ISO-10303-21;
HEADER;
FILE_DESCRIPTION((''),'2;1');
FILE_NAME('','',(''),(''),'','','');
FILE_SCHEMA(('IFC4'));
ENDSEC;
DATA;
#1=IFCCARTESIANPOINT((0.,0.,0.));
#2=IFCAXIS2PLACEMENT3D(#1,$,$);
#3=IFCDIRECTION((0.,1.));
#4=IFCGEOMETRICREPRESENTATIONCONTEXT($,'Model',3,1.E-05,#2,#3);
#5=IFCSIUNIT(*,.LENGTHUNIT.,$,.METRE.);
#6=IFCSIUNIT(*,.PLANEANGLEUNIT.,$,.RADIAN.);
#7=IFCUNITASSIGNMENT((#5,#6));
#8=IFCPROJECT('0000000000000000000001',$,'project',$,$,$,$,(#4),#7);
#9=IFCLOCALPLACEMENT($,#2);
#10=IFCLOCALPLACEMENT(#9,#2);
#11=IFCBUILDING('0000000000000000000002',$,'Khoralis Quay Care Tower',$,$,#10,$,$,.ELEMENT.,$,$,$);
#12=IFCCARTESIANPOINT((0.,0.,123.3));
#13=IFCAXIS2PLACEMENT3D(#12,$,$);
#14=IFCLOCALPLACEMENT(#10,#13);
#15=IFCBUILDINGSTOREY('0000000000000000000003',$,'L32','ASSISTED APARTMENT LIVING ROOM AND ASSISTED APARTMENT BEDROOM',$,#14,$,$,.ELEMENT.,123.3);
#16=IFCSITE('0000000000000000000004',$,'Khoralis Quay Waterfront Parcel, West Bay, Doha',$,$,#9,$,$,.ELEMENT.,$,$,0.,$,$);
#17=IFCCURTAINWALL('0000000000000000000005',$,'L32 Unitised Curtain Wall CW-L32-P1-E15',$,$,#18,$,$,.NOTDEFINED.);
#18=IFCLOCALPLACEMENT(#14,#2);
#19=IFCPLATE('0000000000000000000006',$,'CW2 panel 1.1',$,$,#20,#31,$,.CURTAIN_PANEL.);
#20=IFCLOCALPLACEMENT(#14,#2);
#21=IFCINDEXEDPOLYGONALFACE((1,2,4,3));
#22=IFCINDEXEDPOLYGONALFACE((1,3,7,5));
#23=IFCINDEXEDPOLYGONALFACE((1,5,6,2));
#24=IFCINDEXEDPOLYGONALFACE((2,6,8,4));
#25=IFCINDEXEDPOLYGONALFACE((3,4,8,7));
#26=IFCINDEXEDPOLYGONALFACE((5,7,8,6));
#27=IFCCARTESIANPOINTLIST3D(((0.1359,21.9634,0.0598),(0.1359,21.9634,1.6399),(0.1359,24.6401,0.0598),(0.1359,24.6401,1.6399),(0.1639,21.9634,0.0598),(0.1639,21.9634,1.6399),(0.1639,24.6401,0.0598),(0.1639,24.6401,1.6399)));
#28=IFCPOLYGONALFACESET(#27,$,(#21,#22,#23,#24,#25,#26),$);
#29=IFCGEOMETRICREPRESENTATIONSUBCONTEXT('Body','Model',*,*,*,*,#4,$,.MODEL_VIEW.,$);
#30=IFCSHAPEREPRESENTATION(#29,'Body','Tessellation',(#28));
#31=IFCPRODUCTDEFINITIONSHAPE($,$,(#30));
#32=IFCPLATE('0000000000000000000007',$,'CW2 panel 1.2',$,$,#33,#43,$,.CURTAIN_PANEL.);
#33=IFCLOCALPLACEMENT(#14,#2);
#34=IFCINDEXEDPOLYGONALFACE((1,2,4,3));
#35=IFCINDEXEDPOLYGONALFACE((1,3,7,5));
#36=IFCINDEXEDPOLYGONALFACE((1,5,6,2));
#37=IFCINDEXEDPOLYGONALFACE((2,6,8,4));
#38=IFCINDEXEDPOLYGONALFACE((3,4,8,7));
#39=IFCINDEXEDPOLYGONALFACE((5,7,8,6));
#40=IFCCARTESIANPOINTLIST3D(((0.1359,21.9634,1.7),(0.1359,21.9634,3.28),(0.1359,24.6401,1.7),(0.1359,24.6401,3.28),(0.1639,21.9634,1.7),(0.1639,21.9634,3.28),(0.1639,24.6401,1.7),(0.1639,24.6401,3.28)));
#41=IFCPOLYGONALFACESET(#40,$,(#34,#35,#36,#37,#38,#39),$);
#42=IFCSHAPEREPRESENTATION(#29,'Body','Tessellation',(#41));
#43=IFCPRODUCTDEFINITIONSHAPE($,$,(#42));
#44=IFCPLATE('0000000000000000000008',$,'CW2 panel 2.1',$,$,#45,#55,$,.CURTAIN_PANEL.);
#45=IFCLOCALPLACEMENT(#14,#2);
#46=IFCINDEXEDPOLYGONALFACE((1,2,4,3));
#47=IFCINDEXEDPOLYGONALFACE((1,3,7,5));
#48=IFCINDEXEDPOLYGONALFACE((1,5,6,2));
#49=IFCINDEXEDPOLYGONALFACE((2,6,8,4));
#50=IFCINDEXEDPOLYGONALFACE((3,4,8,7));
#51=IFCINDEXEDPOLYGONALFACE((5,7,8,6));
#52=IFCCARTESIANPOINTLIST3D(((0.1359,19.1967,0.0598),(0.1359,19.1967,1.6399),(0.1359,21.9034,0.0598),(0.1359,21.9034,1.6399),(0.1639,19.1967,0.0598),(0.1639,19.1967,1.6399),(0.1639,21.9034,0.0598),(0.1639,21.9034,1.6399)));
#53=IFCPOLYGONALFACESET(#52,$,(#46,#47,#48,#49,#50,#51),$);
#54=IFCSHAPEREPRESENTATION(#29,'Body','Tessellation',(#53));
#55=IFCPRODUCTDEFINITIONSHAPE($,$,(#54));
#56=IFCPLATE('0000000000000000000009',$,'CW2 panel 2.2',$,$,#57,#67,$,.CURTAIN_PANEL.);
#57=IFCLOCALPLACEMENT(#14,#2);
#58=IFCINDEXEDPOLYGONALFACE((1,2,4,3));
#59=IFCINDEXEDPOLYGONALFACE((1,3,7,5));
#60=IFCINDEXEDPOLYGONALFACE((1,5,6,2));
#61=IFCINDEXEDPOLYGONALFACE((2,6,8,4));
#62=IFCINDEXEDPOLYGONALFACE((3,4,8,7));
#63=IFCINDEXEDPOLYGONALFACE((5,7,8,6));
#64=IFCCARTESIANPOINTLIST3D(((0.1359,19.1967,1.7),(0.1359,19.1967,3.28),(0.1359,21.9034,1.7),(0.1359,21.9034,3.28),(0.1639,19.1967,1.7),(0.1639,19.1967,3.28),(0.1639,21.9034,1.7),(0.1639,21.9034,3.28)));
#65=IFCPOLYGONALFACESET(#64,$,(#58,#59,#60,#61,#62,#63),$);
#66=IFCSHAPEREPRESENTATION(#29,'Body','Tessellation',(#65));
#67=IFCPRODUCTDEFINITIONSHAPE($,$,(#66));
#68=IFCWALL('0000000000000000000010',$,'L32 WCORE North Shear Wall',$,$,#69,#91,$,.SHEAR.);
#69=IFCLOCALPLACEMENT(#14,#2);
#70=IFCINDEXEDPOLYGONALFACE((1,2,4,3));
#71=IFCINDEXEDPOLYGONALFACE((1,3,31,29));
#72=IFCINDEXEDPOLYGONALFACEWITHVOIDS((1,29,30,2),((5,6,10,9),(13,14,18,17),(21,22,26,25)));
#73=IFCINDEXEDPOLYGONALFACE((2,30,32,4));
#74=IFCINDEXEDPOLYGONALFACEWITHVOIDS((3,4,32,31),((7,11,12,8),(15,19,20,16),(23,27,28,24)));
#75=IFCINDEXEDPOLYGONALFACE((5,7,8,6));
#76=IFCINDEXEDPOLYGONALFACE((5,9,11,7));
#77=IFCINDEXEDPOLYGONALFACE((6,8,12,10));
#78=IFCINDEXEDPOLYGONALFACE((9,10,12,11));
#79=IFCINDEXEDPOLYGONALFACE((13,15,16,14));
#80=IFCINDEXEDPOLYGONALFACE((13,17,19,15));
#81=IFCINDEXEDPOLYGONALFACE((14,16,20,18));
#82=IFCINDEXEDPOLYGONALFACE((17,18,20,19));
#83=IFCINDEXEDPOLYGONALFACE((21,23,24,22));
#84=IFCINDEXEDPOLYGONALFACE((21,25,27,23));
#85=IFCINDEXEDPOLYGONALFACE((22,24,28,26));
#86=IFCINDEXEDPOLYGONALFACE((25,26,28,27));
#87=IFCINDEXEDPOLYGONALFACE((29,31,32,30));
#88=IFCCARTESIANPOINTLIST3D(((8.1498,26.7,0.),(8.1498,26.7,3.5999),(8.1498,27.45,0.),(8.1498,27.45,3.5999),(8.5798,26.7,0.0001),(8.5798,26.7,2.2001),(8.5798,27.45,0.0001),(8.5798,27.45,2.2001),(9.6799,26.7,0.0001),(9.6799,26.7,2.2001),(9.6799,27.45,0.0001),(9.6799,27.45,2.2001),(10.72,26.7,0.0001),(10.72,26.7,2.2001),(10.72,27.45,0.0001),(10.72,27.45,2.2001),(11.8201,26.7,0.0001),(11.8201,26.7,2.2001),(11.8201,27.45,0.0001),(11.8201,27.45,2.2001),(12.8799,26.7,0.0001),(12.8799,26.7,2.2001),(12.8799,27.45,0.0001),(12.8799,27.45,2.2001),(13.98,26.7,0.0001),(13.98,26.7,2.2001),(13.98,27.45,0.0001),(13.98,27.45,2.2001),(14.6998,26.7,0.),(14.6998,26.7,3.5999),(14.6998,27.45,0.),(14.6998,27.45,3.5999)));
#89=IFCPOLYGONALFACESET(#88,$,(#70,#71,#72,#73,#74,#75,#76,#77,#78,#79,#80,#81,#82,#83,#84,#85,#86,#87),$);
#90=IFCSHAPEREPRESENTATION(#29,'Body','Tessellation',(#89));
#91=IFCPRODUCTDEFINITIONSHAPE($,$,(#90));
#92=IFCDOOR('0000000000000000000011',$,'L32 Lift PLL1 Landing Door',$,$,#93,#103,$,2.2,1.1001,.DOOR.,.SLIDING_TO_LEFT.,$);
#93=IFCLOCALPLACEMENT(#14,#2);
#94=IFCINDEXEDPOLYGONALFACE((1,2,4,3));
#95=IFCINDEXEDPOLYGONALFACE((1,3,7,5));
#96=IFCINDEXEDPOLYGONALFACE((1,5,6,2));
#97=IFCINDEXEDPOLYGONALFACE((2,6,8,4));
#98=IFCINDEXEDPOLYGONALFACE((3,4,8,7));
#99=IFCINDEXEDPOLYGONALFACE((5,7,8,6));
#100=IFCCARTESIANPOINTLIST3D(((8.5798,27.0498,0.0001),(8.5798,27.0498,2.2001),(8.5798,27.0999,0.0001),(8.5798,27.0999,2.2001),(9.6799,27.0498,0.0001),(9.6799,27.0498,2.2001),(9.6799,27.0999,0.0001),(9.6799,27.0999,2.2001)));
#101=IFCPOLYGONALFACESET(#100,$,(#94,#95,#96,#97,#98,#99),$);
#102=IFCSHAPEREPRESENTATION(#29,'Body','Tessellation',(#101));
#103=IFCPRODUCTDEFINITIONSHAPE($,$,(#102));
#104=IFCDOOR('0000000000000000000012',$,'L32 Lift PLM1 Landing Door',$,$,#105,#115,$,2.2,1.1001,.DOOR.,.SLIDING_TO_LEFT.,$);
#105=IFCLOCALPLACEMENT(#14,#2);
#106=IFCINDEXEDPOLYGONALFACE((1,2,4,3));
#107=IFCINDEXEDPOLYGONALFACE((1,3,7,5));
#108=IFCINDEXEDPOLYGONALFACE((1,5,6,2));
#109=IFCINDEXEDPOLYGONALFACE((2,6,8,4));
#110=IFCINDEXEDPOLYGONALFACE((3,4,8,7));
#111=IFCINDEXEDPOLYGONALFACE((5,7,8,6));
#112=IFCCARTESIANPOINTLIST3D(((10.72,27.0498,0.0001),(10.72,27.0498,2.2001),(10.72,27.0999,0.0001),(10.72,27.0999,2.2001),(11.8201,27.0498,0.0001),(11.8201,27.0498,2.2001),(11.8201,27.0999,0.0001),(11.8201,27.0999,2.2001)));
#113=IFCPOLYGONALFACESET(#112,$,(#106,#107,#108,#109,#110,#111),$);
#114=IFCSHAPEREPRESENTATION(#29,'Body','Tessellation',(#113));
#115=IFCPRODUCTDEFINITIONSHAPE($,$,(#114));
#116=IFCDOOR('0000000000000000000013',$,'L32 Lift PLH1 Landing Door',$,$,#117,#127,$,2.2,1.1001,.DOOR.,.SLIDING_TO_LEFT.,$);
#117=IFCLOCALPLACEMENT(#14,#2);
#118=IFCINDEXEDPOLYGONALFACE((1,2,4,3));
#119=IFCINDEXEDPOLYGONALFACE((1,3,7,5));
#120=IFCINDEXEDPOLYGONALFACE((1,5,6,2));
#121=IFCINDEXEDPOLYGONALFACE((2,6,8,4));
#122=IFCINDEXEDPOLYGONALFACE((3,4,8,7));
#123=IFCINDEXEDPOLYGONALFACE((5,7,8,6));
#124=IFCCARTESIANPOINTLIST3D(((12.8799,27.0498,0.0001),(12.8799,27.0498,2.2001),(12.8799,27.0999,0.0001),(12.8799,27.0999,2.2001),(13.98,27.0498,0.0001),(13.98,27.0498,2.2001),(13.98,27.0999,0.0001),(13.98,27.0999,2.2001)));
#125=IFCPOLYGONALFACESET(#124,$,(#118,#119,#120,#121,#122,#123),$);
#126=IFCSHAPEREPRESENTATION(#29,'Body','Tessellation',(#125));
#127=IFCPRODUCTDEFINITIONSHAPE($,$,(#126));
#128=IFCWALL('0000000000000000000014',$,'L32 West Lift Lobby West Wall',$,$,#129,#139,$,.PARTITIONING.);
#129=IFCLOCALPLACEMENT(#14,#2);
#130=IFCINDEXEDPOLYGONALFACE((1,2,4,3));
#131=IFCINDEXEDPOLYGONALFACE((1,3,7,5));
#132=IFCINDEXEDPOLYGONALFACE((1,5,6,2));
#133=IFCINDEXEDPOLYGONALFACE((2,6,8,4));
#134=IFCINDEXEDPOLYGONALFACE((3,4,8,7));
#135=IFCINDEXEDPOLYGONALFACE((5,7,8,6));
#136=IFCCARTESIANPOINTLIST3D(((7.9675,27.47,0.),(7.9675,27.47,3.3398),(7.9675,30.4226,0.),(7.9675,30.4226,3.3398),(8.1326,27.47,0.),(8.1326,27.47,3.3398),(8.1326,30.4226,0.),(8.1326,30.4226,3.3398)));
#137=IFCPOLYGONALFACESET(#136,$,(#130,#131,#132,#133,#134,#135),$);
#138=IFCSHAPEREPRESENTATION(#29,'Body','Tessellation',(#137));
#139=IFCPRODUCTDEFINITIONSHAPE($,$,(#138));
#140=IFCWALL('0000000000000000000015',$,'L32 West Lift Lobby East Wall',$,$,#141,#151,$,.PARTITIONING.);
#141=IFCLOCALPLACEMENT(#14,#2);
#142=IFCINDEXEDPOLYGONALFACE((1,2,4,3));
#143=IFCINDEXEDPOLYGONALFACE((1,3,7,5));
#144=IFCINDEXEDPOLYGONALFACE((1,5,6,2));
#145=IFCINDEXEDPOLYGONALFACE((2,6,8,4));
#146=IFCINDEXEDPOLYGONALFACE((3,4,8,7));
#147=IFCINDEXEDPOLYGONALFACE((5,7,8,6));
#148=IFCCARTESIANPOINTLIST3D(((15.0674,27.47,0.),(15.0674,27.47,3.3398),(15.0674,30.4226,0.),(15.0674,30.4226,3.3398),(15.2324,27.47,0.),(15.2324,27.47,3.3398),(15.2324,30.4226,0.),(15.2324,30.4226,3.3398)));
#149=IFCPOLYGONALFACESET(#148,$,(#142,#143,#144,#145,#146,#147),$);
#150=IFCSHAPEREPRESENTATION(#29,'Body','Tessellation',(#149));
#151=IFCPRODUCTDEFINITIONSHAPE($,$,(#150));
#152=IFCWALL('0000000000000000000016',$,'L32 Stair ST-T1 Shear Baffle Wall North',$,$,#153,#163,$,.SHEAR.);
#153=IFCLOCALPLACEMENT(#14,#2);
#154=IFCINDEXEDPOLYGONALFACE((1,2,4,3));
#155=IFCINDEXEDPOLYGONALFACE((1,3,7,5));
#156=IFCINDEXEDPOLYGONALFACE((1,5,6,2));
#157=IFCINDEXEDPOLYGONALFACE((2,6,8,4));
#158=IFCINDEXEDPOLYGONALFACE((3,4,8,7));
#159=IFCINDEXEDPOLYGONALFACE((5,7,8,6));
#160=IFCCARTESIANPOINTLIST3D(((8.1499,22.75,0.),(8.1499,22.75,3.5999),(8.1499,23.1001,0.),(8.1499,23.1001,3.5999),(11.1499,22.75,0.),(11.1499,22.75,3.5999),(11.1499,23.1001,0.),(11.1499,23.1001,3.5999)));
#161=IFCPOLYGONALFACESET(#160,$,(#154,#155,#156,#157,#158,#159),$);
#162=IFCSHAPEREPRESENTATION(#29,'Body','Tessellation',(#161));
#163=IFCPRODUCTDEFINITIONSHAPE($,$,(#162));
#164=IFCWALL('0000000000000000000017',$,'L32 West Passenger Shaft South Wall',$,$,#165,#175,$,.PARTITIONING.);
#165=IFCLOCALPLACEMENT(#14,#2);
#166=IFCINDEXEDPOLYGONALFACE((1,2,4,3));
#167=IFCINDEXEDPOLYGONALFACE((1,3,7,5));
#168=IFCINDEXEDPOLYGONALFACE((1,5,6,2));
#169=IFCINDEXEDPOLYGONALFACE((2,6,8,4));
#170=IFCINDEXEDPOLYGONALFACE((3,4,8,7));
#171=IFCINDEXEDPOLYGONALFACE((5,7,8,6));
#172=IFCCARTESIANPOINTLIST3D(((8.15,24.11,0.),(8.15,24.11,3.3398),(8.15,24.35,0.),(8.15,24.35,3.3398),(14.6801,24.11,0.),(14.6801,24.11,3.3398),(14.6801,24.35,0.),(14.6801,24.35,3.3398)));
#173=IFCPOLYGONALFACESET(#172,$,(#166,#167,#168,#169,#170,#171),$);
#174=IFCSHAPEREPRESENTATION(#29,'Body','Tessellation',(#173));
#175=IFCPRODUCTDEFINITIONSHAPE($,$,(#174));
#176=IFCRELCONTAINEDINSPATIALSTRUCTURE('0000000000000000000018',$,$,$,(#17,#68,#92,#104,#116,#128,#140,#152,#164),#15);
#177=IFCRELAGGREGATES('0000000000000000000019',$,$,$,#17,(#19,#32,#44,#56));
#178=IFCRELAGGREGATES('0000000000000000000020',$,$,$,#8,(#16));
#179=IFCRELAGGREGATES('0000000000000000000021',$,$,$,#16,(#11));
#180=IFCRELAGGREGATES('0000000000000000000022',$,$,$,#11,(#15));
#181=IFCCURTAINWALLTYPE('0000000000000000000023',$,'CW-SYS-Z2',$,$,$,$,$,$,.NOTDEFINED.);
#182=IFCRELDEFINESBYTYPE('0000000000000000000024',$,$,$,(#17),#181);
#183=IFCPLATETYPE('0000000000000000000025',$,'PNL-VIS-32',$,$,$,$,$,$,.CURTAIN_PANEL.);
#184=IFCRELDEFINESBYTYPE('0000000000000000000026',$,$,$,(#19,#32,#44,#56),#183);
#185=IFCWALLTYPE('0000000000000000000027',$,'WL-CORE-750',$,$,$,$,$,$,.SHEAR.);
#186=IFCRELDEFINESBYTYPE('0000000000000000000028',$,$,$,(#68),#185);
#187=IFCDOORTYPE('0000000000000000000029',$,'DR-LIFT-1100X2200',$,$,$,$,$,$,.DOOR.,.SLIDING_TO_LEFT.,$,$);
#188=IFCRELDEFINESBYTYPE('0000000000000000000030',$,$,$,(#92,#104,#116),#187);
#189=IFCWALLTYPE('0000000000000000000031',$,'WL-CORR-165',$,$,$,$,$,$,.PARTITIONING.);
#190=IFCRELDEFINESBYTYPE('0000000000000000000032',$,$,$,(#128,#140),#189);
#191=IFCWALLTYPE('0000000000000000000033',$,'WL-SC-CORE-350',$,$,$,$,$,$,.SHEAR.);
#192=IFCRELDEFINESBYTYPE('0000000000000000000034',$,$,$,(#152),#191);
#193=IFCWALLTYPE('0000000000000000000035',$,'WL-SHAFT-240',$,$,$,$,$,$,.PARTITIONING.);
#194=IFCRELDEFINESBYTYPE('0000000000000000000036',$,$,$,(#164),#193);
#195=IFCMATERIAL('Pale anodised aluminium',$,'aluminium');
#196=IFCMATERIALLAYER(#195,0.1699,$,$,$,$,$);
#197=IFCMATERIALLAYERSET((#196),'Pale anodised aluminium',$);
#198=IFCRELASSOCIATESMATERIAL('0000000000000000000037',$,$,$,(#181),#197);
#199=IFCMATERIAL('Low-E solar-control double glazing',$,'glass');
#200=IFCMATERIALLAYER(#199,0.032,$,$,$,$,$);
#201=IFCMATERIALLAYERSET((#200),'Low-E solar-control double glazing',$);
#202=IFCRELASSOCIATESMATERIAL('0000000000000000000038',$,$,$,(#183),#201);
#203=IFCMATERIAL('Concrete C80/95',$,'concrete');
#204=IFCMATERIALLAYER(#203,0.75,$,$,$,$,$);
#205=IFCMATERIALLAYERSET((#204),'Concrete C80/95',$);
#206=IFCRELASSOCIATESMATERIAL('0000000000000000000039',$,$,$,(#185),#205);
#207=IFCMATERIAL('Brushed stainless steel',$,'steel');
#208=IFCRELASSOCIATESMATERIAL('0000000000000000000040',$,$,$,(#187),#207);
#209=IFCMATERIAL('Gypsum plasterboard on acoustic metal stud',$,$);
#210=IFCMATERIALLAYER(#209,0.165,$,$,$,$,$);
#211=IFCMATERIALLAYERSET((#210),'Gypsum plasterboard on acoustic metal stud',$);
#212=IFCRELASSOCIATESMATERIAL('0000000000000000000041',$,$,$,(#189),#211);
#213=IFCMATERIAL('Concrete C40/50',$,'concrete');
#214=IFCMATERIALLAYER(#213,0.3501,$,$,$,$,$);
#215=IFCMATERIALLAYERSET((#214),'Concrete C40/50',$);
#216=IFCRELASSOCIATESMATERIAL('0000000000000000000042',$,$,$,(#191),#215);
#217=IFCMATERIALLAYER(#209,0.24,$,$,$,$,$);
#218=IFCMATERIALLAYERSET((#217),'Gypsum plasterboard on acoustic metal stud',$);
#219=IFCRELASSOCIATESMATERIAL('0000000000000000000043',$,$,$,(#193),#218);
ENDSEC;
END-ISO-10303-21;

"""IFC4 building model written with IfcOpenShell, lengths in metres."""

from ifc_helpers import new_model, si_unit, direction, frame, frame_2d, origin, origin_2d, place, context, subcontext, project, spatial, rectangle, extrude, source, transform, mapped, material, layer, layer_set, type_object, element, fill, aggregate, save


model = new_model("IFC4")

# Units and contexts
model_context = context("Model", 3, precision=1e-05, world=origin(), true_north=direction((0.0, 1.0)))
body_context = subcontext(model_context, "Body", "Model", "MODEL_VIEW")
ifc_project = project(units=[si_unit("LENGTHUNIT", "METRE"), si_unit("PLANEANGLEUNIT", "RADIAN")], contexts=[model_context])

# Site, building, storey
site_placement = place(None, origin())
site = spatial("IfcSite", under=ifc_project, at=site_placement, Name="Khoralis Quay Waterfront Parcel, West Bay, Doha", CompositionType="ELEMENT", RefElevation=0.0)
building_placement = place(site_placement, origin())
building = spatial("IfcBuilding", under=site, at=building_placement, Name="Khoralis Quay Care Tower", CompositionType="ELEMENT")
storey_placement = place(building_placement, frame((0.0, 0.0, 123.3)))
storey = spatial("IfcBuildingStorey", under=building, at=storey_placement, Name="L32", Description="ASSISTED APARTMENT LIVING ROOM AND ASSISTED APARTMENT BEDROOM", CompositionType="ELEMENT", Elevation=123.3)

# Curtain wall, plates
ifc_material_1 = material(Name="Pale anodised aluminium", Category="aluminium")
ifc_layer_1 = layer(ifc_material_1, 0.1699)
ifc_layer_set_1 = layer_set([ifc_layer_1], Name="Pale anodised aluminium")
curtain_wall_type = type_object("IfcCurtainWallType", Name="CW-SYS-Z2", PredefinedType="NOTDEFINED", material=ifc_layer_set_1)
curtain_wall_placement = place(storey_placement, origin())
curtain_wall = element("IfcCurtainWall", 1, at=curtain_wall_placement, inside=storey, type_object=curtain_wall_type, Name="L32 Unitised Curtain Wall CW-L32-P1-E15", PredefinedType="NOTDEFINED")
ifc_material_2 = material(Name="Low-E solar-control double glazing", Category="glass")
ifc_layer_2 = layer(ifc_material_2, 0.032)
ifc_layer_set_2 = layer_set([ifc_layer_2], Name="Low-E solar-control double glazing")
plate_type = type_object("IfcPlateType", Name="PNL-VIS-32", PredefinedType="CURTAIN_PANEL", material=ifc_layer_set_2)
shared_shape_1 = source(origin(), body_context, "Body", "SweptSolid", [
    extrude(rectangle(XDim=2.6768, YDim=0.0281, at=origin_2d()), origin(), (0.0, 0.0, 1.0), 1.5801),
])
plate_1_placement = place(storey_placement, frame((0.1499, 23.3018, 0.0598), z_axis=(0.0, 0.0, 1.0), x_axis=(0.0, -1.0, 0.0)))
plate_1 = element("IfcPlate", 2, at=plate_1_placement, type_object=plate_type, Name="CW2 panel 1.1", PredefinedType="CURTAIN_PANEL", context=body_context, shape_type="MappedRepresentation", body=[
    mapped(shared_shape_1, transform((0.0, 0.0, 0.0), scale=1.0)),
])
plate_2_placement = place(storey_placement, frame((0.1499, 23.3018, 1.7), z_axis=(0.0, 0.0, 1.0), x_axis=(0.0, -1.0, 0.0)))
plate_2 = element("IfcPlate", 3, at=plate_2_placement, type_object=plate_type, Name="CW2 panel 1.2", PredefinedType="CURTAIN_PANEL", context=body_context, shape_type="MappedRepresentation", body=[
    mapped(shared_shape_1, transform((0.0, 0.0, 0.0), scale=1.0)),
])
shared_shape_2 = source(origin(), body_context, "Body", "SweptSolid", [
    extrude(rectangle(XDim=2.7068, YDim=0.0281, at=origin_2d()), origin(), (0.0, 0.0, 1.0), 1.5801),
])
plate_3_placement = place(storey_placement, frame((0.1499, 20.55, 0.0598), z_axis=(0.0, 0.0, 1.0), x_axis=(0.0, -1.0, 0.0)))
plate_3 = element("IfcPlate", 4, at=plate_3_placement, type_object=plate_type, Name="CW2 panel 2.1", PredefinedType="CURTAIN_PANEL", context=body_context, shape_type="MappedRepresentation", body=[
    mapped(shared_shape_2, transform((0.0, 0.0, 0.0), scale=1.0)),
])
plate_4_placement = place(storey_placement, frame((0.1499, 20.55, 1.7), z_axis=(0.0, 0.0, 1.0), x_axis=(0.0, -1.0, 0.0)))
plate_4 = element("IfcPlate", 5, at=plate_4_placement, type_object=plate_type, Name="CW2 panel 2.2", PredefinedType="CURTAIN_PANEL", context=body_context, shape_type="MappedRepresentation", body=[
    mapped(shared_shape_2, transform((0.0, 0.0, 0.0), scale=1.0)),
])
aggregate(curtain_wall, [plate_1, plate_2, plate_3, plate_4])

# Wall, openings, doors
ifc_material_3 = material(Name="Concrete C80/95", Category="concrete")
ifc_layer_3 = layer(ifc_material_3, 0.75)
ifc_layer_set_3 = layer_set([ifc_layer_3], Name="Concrete C80/95")
wall_type_1 = type_object("IfcWallType", Name="WL-CORE-750", PredefinedType="SHEAR", material=ifc_layer_set_3)
wall_1_placement = place(storey_placement, frame((8.1499, 27.075, 0.0), z_axis=(0.0, 0.0, 1.0), x_axis=(1.0, 0.0, 0.0)))
wall_1 = element("IfcWall", 6, at=wall_1_placement, inside=storey, type_object=wall_type_1, Name="L32 WCORE North Shear Wall", PredefinedType="SHEAR", context=body_context, shape_type="SweptSolid", body=[
    extrude(rectangle(XDim=6.55, YDim=0.75, at=frame_2d((3.2749, 0.0))), origin(), (0.0, 0.0, 1.0), 3.5999),
])
opening_1_placement = place(wall_1_placement, frame((0.4299, 0.0, 0.0)))
opening_1 = element("IfcOpeningElement", 7, at=opening_1_placement, cuts=wall_1, PredefinedType="OPENING", context=body_context, shape_type="SweptSolid", body=[
    extrude(rectangle(XDim=1.1001, YDim=2.2, at=frame_2d((0.55, 1.1001))), frame((0.0, 0.385, 0.0), z_axis=(0.0, -1.0, 0.0), x_axis=(1.0, 0.0, 0.0)), (0.0, 0.0, 1.0), 0.77),
])
opening_2_placement = place(wall_1_placement, frame((2.5701, 0.0, 0.0)))
opening_2 = element("IfcOpeningElement", 8, at=opening_2_placement, cuts=wall_1, PredefinedType="OPENING", context=body_context, shape_type="SweptSolid", body=[
    extrude(rectangle(XDim=1.1001, YDim=2.2, at=frame_2d((0.55, 1.1001))), frame((0.0, 0.385, 0.0), z_axis=(0.0, -1.0, 0.0), x_axis=(1.0, 0.0, 0.0)), (0.0, 0.0, 1.0), 0.77),
])
opening_3_placement = place(wall_1_placement, frame((4.73, 0.0, 0.0)))
opening_3 = element("IfcOpeningElement", 9, at=opening_3_placement, cuts=wall_1, PredefinedType="OPENING", context=body_context, shape_type="SweptSolid", body=[
    extrude(rectangle(XDim=1.1001, YDim=2.2, at=frame_2d((0.55, 1.1001))), frame((0.0, 0.385, 0.0), z_axis=(0.0, -1.0, 0.0), x_axis=(1.0, 0.0, 0.0)), (0.0, 0.0, 1.0), 0.77),
])
ifc_material_4 = material(Name="Brushed stainless steel", Category="steel")
door_type = type_object("IfcDoorType", Name="DR-LIFT-1100X2200", OperationType="SLIDING_TO_LEFT", PredefinedType="DOOR", material=ifc_material_4)
shared_shape_3 = source(origin(), body_context, "Body", "SweptSolid", [
    extrude(rectangle(XDim=1.1001, YDim=2.2, at=frame_2d((0.55, 1.1001))), frame((0.0, 0.0249, 0.0), z_axis=(0.0, -1.0, 0.0), x_axis=(1.0, 0.0, 0.0)), (0.0, 0.0, 1.0), 0.05),
])
door_1_placement = place(opening_1_placement, origin())
door_1 = element("IfcDoor", 10, at=door_1_placement, inside=storey, type_object=door_type, Name="L32 Lift PLL1 Landing Door", OperationType="SLIDING_TO_LEFT", OverallHeight=2.2, OverallWidth=1.1001, PredefinedType="DOOR", context=body_context, shape_type="MappedRepresentation", body=[
    mapped(shared_shape_3, transform((0.0, 0.0, 0.0), scale=1.0)),
])
fill(opening_1, door_1)
door_2_placement = place(opening_2_placement, origin())
door_2 = element("IfcDoor", 11, at=door_2_placement, inside=storey, type_object=door_type, Name="L32 Lift PLM1 Landing Door", OperationType="SLIDING_TO_LEFT", OverallHeight=2.2, OverallWidth=1.1001, PredefinedType="DOOR", context=body_context, shape_type="MappedRepresentation", body=[
    mapped(shared_shape_3, transform((0.0, 0.0, 0.0), scale=1.0)),
])
fill(opening_2, door_2)
door_3_placement = place(opening_3_placement, origin())
door_3 = element("IfcDoor", 12, at=door_3_placement, inside=storey, type_object=door_type, Name="L32 Lift PLH1 Landing Door", OperationType="SLIDING_TO_LEFT", OverallHeight=2.2, OverallWidth=1.1001, PredefinedType="DOOR", context=body_context, shape_type="MappedRepresentation", body=[
    mapped(shared_shape_3, transform((0.0, 0.0, 0.0), scale=1.0)),
])
fill(opening_3, door_3)

# Walls
ifc_material_5 = material(Name="Gypsum plasterboard on acoustic metal stud")
ifc_layer_4 = layer(ifc_material_5, 0.165)
ifc_layer_set_4 = layer_set([ifc_layer_4], Name="Gypsum plasterboard on acoustic metal stud")
wall_type_2 = type_object("IfcWallType", Name="WL-CORR-165", PredefinedType="PARTITIONING", material=ifc_layer_set_4)
for number, where, z_axis, x_axis, name in (
    (13, (8.05, 27.47, 0.0), (0.0, 0.0, 1.0), (0.0, 1.0, 0.0), "L32 West Lift Lobby West Wall"),
    (14, (15.1499, 27.47, 0.0), (0.0, 0.0, 1.0), (0.0, 1.0, 0.0), "L32 West Lift Lobby East Wall"),
):
    element("IfcWall", number, at=place(storey_placement, frame(where, z_axis=z_axis, x_axis=x_axis)), inside=storey, type_object=wall_type_2, Name=name, PredefinedType="PARTITIONING", context=body_context, shape_type="SweptSolid", body=[
        extrude(rectangle(XDim=2.9526, YDim=0.165, at=frame_2d((1.4763, 0.0))), origin(), (0.0, 0.0, 1.0), 3.3398),
    ])
ifc_material_6 = material(Name="Concrete C40/50", Category="concrete")
ifc_layer_5 = layer(ifc_material_6, 0.3501)
ifc_layer_set_5 = layer_set([ifc_layer_5], Name="Concrete C40/50")
wall_type_3 = type_object("IfcWallType", Name="WL-SC-CORE-350", PredefinedType="SHEAR", material=ifc_layer_set_5)
wall_2_placement = place(storey_placement, frame((8.1499, 22.925, 0.0), z_axis=(0.0, 0.0, 1.0), x_axis=(1.0, 0.0, 0.0)))
element("IfcWall", 15, at=wall_2_placement, inside=storey, type_object=wall_type_3, Name="L32 Stair ST-T1 Shear Baffle Wall North", PredefinedType="SHEAR", context=body_context, shape_type="SweptSolid", body=[
    extrude(rectangle(XDim=3.0, YDim=0.3501, at=frame_2d((1.5, 0.0))), origin(), (0.0, 0.0, 1.0), 3.5999),
])
ifc_layer_6 = layer(ifc_material_5, 0.24)
ifc_layer_set_6 = layer_set([ifc_layer_6], Name="Gypsum plasterboard on acoustic metal stud")
wall_type_4 = type_object("IfcWallType", Name="WL-SHAFT-240", PredefinedType="PARTITIONING", material=ifc_layer_set_6)
wall_3_placement = place(storey_placement, frame((8.1499, 24.23, 0.0), z_axis=(0.0, 0.0, 1.0), x_axis=(1.0, 0.0, 0.0)))
element("IfcWall", 16, at=wall_3_placement, inside=storey, type_object=wall_type_4, Name="L32 West Passenger Shaft South Wall", PredefinedType="PARTITIONING", context=body_context, shape_type="SweptSolid", body=[
    extrude(rectangle(XDim=6.53, YDim=0.24, at=frame_2d((3.2651, 0.0))), origin(), (0.0, 0.0, 1.0), 3.3398),
])

save(model, "model.ifc")
